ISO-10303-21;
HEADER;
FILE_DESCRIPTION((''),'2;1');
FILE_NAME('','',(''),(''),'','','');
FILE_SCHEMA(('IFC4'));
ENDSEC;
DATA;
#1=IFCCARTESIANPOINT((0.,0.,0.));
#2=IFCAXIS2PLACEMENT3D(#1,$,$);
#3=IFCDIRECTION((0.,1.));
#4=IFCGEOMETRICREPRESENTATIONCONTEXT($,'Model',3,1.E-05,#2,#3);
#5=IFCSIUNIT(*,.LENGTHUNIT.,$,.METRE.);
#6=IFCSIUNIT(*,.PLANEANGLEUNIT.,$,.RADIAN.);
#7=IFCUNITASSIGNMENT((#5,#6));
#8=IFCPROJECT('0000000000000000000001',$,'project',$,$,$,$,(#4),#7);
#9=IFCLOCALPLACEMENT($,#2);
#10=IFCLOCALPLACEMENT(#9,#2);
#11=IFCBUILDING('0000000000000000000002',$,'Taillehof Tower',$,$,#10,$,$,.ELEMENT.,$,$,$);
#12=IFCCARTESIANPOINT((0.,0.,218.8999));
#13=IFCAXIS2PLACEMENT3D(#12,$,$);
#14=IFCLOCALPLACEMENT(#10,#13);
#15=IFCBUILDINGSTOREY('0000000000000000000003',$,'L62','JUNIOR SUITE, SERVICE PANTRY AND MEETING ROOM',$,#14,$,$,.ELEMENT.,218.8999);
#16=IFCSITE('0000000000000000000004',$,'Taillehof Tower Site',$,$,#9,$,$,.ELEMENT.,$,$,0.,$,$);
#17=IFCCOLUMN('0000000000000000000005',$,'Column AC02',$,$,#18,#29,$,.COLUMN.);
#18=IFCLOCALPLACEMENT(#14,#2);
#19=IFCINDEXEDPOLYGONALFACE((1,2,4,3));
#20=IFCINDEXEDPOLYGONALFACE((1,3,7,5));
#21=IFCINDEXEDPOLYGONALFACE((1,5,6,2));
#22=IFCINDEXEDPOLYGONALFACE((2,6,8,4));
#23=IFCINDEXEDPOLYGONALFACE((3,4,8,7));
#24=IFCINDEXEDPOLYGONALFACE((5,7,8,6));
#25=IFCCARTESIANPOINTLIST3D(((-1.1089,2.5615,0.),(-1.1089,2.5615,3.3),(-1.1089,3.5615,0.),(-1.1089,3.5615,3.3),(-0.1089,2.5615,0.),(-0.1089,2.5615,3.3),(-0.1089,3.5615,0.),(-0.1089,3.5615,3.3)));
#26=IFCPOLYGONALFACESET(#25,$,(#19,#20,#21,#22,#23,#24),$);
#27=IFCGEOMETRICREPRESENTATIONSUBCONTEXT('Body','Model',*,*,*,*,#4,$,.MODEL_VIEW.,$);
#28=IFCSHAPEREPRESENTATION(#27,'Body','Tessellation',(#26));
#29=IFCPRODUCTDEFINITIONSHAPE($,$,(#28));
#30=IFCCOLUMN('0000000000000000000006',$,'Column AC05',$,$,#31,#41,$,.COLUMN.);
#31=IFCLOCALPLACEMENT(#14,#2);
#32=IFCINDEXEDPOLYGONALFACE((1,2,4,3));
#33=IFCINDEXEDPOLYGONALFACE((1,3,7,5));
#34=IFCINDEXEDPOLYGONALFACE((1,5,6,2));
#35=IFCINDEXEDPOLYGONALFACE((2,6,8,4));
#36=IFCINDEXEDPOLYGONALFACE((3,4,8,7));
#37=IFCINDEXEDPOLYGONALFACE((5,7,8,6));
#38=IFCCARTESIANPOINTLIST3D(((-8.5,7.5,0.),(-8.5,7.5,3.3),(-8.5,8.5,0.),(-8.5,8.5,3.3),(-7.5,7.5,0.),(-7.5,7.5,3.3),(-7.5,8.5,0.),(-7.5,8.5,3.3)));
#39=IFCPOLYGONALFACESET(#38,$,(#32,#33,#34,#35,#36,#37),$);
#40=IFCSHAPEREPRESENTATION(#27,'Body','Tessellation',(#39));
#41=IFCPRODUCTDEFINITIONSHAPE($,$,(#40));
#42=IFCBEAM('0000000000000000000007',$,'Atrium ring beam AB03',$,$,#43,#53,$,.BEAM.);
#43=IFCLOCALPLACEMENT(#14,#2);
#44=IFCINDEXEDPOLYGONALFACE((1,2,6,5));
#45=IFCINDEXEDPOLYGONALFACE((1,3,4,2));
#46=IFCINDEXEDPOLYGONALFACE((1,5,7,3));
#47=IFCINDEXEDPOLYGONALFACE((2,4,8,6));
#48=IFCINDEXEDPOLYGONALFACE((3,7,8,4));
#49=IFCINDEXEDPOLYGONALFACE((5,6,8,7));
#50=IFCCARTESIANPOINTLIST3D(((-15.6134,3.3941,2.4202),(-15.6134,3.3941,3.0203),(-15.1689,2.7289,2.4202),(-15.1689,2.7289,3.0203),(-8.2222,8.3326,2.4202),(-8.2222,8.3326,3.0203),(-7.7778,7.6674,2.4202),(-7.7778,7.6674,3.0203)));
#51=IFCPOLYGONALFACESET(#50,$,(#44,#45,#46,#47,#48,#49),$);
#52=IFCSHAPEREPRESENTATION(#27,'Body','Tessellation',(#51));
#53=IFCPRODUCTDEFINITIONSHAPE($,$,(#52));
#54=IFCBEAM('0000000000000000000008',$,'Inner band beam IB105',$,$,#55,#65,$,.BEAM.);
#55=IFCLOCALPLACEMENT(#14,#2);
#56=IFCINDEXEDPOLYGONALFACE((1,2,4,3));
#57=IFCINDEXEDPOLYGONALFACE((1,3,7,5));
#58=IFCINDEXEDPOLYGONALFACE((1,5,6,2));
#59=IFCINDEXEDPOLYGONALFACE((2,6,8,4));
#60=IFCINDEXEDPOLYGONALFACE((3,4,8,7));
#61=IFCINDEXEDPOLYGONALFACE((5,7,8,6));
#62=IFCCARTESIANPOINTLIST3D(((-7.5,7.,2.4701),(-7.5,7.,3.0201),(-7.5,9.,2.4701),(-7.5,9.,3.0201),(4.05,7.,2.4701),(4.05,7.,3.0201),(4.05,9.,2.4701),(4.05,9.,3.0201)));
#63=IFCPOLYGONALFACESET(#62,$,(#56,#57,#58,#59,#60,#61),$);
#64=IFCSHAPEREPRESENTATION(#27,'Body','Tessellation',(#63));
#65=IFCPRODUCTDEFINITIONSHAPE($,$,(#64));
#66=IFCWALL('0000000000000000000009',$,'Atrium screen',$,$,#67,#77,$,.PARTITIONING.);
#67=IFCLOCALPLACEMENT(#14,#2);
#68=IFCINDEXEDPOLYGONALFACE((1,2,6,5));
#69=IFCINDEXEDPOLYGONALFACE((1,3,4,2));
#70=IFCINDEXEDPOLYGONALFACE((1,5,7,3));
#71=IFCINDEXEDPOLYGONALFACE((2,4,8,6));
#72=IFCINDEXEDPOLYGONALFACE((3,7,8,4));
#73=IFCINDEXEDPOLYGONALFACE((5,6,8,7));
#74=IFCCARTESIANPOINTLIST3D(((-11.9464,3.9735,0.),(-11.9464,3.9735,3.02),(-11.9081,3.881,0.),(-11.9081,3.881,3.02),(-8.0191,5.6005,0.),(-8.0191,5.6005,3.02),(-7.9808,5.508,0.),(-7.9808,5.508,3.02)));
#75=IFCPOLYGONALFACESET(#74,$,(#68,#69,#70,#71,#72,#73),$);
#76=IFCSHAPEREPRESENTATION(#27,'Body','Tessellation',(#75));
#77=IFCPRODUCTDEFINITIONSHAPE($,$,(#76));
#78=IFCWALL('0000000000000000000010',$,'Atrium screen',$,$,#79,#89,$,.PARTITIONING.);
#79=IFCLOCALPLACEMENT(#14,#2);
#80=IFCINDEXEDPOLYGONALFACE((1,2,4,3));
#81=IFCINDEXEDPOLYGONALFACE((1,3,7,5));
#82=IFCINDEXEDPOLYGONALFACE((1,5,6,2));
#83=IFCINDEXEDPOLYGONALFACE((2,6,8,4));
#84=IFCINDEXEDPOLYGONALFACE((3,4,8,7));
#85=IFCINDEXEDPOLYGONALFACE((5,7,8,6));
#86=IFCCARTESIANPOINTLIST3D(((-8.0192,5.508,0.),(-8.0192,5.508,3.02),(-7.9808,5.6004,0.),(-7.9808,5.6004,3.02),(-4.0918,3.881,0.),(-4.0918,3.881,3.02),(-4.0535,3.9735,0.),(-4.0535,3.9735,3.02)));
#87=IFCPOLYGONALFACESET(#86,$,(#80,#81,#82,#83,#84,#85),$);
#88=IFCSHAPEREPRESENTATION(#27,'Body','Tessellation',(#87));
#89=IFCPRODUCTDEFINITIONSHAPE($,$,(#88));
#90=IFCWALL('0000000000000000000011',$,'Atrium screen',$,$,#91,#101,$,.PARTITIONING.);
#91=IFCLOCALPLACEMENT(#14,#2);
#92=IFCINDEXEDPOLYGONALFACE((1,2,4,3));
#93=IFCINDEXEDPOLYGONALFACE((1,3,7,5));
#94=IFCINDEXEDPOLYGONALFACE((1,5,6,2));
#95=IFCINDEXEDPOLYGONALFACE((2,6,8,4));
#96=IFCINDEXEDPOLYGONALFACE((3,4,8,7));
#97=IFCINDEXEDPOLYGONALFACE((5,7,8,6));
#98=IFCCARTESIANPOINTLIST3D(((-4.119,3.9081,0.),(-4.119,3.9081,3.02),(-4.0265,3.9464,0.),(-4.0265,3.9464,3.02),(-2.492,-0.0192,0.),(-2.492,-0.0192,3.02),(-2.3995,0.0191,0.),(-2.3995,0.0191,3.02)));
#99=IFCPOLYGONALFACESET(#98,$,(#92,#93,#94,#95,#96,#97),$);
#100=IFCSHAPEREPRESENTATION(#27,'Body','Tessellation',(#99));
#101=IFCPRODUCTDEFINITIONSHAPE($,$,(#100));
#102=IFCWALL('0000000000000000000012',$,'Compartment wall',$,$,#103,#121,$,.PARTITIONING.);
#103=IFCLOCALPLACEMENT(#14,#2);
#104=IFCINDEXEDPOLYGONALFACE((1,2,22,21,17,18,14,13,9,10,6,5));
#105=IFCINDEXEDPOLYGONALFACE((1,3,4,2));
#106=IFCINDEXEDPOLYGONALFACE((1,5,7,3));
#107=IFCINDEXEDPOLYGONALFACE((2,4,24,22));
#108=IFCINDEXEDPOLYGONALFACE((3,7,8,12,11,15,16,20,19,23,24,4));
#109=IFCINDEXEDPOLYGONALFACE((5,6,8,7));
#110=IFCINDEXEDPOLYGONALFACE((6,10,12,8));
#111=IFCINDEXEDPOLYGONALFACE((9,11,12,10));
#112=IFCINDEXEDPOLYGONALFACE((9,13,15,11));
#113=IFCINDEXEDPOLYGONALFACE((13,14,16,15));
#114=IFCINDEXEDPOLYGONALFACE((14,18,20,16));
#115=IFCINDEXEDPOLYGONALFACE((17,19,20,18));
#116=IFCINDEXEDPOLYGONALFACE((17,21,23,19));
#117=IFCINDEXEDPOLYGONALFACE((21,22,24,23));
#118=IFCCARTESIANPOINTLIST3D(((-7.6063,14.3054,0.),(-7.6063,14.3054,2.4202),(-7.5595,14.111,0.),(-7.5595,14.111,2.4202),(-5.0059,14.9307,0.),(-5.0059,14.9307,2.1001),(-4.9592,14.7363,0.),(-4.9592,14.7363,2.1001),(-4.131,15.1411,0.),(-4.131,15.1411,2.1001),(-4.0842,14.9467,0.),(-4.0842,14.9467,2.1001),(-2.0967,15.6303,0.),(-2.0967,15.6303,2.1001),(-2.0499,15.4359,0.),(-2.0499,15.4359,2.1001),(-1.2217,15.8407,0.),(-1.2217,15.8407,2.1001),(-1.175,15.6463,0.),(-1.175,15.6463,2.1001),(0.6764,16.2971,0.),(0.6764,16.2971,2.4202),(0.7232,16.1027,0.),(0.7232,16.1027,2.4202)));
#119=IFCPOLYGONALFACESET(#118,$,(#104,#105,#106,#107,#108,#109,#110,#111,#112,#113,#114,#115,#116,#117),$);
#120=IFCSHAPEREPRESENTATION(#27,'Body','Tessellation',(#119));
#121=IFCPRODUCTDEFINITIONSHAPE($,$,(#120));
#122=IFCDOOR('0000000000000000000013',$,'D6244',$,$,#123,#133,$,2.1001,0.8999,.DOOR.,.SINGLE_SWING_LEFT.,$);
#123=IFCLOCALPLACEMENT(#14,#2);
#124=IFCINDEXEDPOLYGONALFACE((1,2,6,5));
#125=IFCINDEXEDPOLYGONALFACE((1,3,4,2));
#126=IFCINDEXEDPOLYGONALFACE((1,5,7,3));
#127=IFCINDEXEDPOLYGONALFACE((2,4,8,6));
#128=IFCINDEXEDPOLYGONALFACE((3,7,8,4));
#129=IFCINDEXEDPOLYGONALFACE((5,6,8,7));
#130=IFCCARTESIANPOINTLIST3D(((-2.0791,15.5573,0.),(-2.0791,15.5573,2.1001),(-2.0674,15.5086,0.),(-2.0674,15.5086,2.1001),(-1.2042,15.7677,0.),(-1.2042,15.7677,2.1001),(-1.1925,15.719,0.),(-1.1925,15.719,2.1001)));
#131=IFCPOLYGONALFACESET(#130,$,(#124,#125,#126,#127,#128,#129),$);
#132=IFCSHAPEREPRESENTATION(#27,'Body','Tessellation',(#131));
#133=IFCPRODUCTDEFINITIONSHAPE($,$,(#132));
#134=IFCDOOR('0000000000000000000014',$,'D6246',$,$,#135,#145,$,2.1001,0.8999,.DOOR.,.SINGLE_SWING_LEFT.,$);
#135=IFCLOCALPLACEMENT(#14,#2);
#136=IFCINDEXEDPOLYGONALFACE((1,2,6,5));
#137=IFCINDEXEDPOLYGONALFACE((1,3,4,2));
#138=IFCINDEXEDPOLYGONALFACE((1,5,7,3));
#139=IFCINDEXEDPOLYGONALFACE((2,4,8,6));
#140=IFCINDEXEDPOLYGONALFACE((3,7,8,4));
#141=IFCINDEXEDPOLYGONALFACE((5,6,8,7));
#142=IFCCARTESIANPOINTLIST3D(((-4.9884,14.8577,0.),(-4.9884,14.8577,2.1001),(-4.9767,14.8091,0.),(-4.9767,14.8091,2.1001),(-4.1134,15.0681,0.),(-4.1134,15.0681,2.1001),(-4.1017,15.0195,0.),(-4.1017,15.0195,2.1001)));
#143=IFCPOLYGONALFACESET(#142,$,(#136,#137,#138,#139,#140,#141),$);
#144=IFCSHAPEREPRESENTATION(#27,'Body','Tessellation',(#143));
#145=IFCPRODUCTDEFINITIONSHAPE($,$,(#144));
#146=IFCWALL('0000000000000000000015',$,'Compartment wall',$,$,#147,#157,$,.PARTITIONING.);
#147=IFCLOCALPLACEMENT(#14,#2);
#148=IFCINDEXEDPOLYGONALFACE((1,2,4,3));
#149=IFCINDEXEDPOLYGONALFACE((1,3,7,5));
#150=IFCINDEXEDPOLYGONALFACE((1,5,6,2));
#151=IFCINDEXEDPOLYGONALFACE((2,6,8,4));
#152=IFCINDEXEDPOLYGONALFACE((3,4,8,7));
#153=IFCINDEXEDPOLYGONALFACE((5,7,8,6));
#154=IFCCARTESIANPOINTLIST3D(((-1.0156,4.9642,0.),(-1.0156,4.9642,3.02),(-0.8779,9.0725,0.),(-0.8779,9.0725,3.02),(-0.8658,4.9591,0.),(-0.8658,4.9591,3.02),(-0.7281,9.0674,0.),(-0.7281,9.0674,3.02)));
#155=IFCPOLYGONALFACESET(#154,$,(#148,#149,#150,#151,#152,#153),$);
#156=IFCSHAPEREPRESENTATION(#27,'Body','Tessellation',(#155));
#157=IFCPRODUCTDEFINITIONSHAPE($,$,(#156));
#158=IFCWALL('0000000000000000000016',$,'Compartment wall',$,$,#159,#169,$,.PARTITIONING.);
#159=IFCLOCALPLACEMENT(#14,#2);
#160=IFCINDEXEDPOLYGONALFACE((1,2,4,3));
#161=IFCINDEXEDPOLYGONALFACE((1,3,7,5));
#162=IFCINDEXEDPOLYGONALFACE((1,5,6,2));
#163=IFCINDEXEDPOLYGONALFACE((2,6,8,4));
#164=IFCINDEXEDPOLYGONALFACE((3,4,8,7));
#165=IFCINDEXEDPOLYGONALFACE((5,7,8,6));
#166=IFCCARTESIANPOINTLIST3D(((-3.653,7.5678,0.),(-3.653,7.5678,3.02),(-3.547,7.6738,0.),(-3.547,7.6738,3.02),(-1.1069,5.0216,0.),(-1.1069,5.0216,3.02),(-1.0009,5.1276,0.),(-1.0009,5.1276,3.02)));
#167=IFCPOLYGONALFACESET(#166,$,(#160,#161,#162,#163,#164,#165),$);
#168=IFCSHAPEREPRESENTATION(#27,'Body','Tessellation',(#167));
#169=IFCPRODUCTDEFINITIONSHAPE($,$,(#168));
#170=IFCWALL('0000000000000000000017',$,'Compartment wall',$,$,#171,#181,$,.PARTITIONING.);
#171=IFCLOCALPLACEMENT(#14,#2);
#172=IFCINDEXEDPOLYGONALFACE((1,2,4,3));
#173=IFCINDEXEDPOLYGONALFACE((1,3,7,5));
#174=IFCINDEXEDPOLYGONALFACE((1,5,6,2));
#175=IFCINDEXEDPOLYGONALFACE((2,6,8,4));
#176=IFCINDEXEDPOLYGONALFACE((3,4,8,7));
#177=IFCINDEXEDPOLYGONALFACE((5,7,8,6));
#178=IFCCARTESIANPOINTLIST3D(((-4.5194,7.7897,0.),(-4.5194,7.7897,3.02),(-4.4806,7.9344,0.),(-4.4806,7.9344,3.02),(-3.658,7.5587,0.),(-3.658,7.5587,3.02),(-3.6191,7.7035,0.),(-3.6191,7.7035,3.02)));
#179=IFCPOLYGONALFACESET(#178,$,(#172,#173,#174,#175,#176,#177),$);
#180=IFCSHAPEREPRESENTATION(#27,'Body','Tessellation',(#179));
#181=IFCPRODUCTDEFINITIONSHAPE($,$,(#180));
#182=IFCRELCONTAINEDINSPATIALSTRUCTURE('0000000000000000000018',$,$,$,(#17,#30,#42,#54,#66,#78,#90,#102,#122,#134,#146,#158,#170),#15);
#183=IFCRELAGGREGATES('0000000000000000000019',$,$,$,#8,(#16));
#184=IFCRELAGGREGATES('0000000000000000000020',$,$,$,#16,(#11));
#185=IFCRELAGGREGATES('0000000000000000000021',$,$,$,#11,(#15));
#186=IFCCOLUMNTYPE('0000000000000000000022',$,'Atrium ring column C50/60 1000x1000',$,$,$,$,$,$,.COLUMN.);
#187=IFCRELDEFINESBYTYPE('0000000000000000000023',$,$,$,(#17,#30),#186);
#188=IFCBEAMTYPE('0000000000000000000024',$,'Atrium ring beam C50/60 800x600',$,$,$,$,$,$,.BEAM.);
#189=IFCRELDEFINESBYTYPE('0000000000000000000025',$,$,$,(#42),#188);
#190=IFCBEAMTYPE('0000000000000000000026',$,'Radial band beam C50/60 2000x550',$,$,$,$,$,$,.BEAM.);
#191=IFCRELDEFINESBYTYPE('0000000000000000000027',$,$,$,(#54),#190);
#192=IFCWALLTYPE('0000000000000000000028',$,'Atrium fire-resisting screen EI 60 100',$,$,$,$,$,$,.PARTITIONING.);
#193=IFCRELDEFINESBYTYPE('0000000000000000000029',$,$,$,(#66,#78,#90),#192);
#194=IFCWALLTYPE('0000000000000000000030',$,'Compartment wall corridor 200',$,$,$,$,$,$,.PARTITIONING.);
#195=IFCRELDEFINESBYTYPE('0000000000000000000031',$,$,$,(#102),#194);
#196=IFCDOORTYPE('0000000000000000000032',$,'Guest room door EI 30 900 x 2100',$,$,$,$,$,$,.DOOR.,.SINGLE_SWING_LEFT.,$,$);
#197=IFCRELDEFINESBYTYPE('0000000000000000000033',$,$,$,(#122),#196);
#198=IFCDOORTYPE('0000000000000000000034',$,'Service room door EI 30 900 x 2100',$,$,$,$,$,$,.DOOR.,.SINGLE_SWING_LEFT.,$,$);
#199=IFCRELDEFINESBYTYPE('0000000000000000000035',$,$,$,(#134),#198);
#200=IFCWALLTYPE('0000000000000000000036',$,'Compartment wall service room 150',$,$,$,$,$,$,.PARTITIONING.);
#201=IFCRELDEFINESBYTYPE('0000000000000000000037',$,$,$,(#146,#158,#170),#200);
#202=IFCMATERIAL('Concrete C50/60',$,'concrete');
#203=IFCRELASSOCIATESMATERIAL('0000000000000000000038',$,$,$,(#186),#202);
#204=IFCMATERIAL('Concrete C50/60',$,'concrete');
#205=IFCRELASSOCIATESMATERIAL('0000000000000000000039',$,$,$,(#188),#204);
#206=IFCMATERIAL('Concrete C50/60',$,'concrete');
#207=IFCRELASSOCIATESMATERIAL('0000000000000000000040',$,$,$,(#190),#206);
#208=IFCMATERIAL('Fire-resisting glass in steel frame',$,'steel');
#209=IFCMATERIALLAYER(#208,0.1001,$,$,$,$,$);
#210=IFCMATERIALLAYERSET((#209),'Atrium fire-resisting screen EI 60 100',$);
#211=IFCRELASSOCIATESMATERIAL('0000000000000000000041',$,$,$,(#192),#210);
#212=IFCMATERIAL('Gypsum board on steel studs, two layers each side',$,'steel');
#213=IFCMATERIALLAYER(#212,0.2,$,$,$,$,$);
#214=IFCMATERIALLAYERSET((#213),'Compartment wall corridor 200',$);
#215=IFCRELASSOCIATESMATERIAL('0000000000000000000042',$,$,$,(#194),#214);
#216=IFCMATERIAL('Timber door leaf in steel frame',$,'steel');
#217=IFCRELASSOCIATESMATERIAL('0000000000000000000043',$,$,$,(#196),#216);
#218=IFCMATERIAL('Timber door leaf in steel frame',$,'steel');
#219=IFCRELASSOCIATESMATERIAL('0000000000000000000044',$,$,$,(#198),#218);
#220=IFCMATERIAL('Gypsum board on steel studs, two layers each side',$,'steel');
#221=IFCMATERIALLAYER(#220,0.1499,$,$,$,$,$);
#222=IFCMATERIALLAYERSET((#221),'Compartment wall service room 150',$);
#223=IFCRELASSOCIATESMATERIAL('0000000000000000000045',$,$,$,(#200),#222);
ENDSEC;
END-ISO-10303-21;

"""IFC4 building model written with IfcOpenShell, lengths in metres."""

from ifc_helpers import new_model, si_unit, direction, frame, frame_2d, origin, origin_2d, place, context, subcontext, project, spatial, rectangle, extrude, material, layer, layer_set, material_profile, profile_set, type_object, element, fill, save


model = new_model("IFC4")

# Units and contexts
model_context = context("Model", 3, precision=1e-05, world=origin(), true_north=direction((0.0, 1.0)))
body_context = subcontext(model_context, "Body", "Model", "MODEL_VIEW")
ifc_project = project(units=[si_unit("LENGTHUNIT", "METRE"), si_unit("PLANEANGLEUNIT", "RADIAN")], contexts=[model_context])

# Site, building, storey
site_placement = place(None, origin())
site = spatial("IfcSite", under=ifc_project, at=site_placement, Name="Taillehof Tower Site", CompositionType="ELEMENT", RefElevation=0.0)
building_placement = place(site_placement, origin())
building = spatial("IfcBuilding", under=site, at=building_placement, Name="Taillehof Tower", CompositionType="ELEMENT")
storey_placement = place(building_placement, frame((0.0, 0.0, 218.8999)))
storey = spatial("IfcBuildingStorey", under=building, at=storey_placement, Name="L62", Description="JUNIOR SUITE, SERVICE PANTRY AND MEETING ROOM", CompositionType="ELEMENT", Elevation=218.8999)

# Columns
ifc_material_1 = material(Name="Concrete C50/60", Category="concrete")
ifc_material_profile_1 = material_profile(ifc_material_1, rectangle(XDim=1.0, YDim=1.0, at=origin_2d()), Name="RC 1000x1000")
ifc_profile_set_1 = profile_set([ifc_material_profile_1], Name="Concrete C50/60")
column_type = type_object("IfcColumnType", Name="Atrium ring column C50/60 1000x1000", PredefinedType="COLUMN", material=ifc_profile_set_1)
for number, where, z_axis, x_axis, name in (
    (1, (-0.6089, 3.0615, 0.0), (0.0, 0.0, 1.0), (1.0, 0.0, 0.0), "Column AC02"),
    (2, (-8.0, 8.0, 0.0), (0.0, 0.0, 1.0), (1.0, 0.0, 0.0), "Column AC05"),
):
    element("IfcColumn", number, at=place(storey_placement, frame(where, z_axis=z_axis, x_axis=x_axis)), inside=storey, type_object=column_type, Name=name, PredefinedType="COLUMN", context=body_context, shape_type="SweptSolid", body=[
        extrude(rectangle(XDim=1.0, YDim=1.0, at=origin_2d()), origin(), (0.0, 0.0, 1.0), 3.3),
    ])

# Beams
ifc_material_2 = material(Name="Concrete C50/60", Category="concrete")
ifc_material_profile_2 = material_profile(ifc_material_2, rectangle(XDim=0.8, YDim=0.6001, at=origin_2d()), Name="RC 800x600")
ifc_profile_set_2 = profile_set([ifc_material_profile_2], Name="Concrete C50/60")
beam_type_1 = type_object("IfcBeamType", Name="Atrium ring beam C50/60 800x600", PredefinedType="BEAM", material=ifc_profile_set_2)
beam_1_placement = place(storey_placement, frame((-8.0, 8.0, 2.7202), z_axis=(-0.831475, -0.555562, 0.0), x_axis=(0.555562, -0.831475, 0.0)))
element("IfcBeam", 3, at=beam_1_placement, inside=storey, type_object=beam_type_1, Name="Atrium ring beam AB03", PredefinedType="BEAM", context=body_context, shape_type="SweptSolid", body=[
    extrude(rectangle(XDim=0.8, YDim=0.6001, at=origin_2d()), origin(), (0.0, 0.0, 1.0), 8.8892),
])
ifc_material_3 = material(Name="Concrete C50/60", Category="concrete")
ifc_material_profile_3 = material_profile(ifc_material_3, rectangle(XDim=2.0, YDim=0.55, at=origin_2d()), Name="RC 2000x550")
ifc_profile_set_3 = profile_set([ifc_material_profile_3], Name="Concrete C50/60")
beam_type_2 = type_object("IfcBeamType", Name="Radial band beam C50/60 2000x550", PredefinedType="BEAM", material=ifc_profile_set_3)
beam_2_placement = place(storey_placement, frame((-7.5, 8.0, 2.7451), z_axis=(1.0, 0.0, 0.0), x_axis=(0.0, 1.0, 0.0)))
element("IfcBeam", 4, at=beam_2_placement, inside=storey, type_object=beam_type_2, Name="Inner band beam IB105", PredefinedType="BEAM", context=body_context, shape_type="SweptSolid", body=[
    extrude(rectangle(XDim=2.0, YDim=0.55, at=origin_2d()), origin(), (0.0, 0.0, 1.0), 11.55),
])

# Walls
ifc_material_4 = material(Name="Fire-resisting glass in steel frame", Category="steel")
ifc_layer_1 = layer(ifc_material_4, 0.1001)
ifc_layer_set_1 = layer_set([ifc_layer_1], Name="Atrium fire-resisting screen EI 60 100")
wall_type_1 = type_object("IfcWallType", Name="Atrium fire-resisting screen EI 60 100", PredefinedType="PARTITIONING", material=ifc_layer_set_1)
for number, where, z_axis, x_axis, name in (
    (5, (-11.9272, 3.9272, 0.0), (0.0, 0.0, 1.0), (0.92386, 0.382731, 0.0), "Atrium screen"),
    (6, (-8.0, 5.5542, 0.0), (0.0, 0.0, 1.0), (0.92386, -0.382731, 0.0), "Atrium screen"),
    (7, (-4.0728, 3.9272, 0.0), (0.0, 0.0, 1.0), (0.382731, -0.92386, 0.0), "Atrium screen"),
):
    element("IfcWall", number, at=place(storey_placement, frame(where, z_axis=z_axis, x_axis=x_axis)), inside=storey, type_object=wall_type_1, Name=name, PredefinedType="PARTITIONING", context=body_context, shape_type="SweptSolid", body=[
        extrude(rectangle(XDim=4.251, YDim=0.1001, at=frame_2d((2.1255, 0.0))), origin(), (0.0, 0.0, 1.0), 3.02),
    ])

# Wall, openings, doors
ifc_material_5 = material(Name="Gypsum board on steel studs, two layers each side", Category="steel")
ifc_layer_2 = layer(ifc_material_5, 0.2)
ifc_layer_set_2 = layer_set([ifc_layer_2], Name="Compartment wall corridor 200")
wall_type_2 = type_object("IfcWallType", Name="Compartment wall corridor 200", PredefinedType="PARTITIONING", material=ifc_layer_set_2)
wall_1_placement = place(storey_placement, frame((-7.5828, 14.2083, 0.0), z_axis=(0.0, 0.0, 1.0), x_axis=(0.972285, 0.2338, 0.0)))
wall_1 = element("IfcWall", 8, at=wall_1_placement, inside=storey, type_object=wall_type_2, Name="Compartment wall", PredefinedType="PARTITIONING", context=body_context, shape_type="SweptSolid", body=[
    extrude(rectangle(XDim=8.5188, YDim=0.2, at=frame_2d((4.2593, 0.0))), origin(), (0.0, 0.0, 1.0), 2.4202),
])
opening_1_placement = place(wall_1_placement, frame((5.6665, 0.0, 0.0)))
opening_1 = element("IfcOpeningElement", 9, at=opening_1_placement, cuts=wall_1, PredefinedType="OPENING", context=body_context, shape_type="SweptSolid", body=[
    extrude(rectangle(XDim=0.8999, YDim=2.1001, at=frame_2d((0.45, 1.05))), frame((0.0, 0.1099, 0.0), z_axis=(0.0, -1.0, 0.0), x_axis=(1.0, 0.0, 0.0)), (0.0, 0.0, 1.0), 0.22),
])
opening_2_placement = place(wall_1_placement, frame((2.6743, 0.0, 0.0)))
opening_2 = element("IfcOpeningElement", 10, at=opening_2_placement, cuts=wall_1, PredefinedType="OPENING", context=body_context, shape_type="SweptSolid", body=[
    extrude(rectangle(XDim=0.8999, YDim=2.1001, at=frame_2d((0.45, 1.05))), frame((0.0, 0.1099, 0.0), z_axis=(0.0, -1.0, 0.0), x_axis=(1.0, 0.0, 0.0)), (0.0, 0.0, 1.0), 0.22),
])
ifc_material_6 = material(Name="Timber door leaf in steel frame", Category="steel")
door_type_1 = type_object("IfcDoorType", Name="Guest room door EI 30 900 x 2100", OperationType="SINGLE_SWING_LEFT", PredefinedType="DOOR", material=ifc_material_6)
door_1_placement = place(opening_1_placement, origin())
door_1 = element("IfcDoor", 11, at=door_1_placement, inside=storey, type_object=door_type_1, Name="D6244", OperationType="SINGLE_SWING_LEFT", OverallHeight=2.1001, OverallWidth=0.8999, PredefinedType="DOOR", context=body_context, shape_type="SweptSolid", body=[
    extrude(rectangle(XDim=0.8999, YDim=2.1001, at=frame_2d((0.45, 1.05))), frame((0.0, 0.0249, 0.0), z_axis=(0.0, -1.0, 0.0), x_axis=(1.0, 0.0, 0.0)), (0.0, 0.0, 1.0), 0.05),
])
fill(opening_1, door_1)
ifc_material_7 = material(Name="Timber door leaf in steel frame", Category="steel")
door_type_2 = type_object("IfcDoorType", Name="Service room door EI 30 900 x 2100", OperationType="SINGLE_SWING_LEFT", PredefinedType="DOOR", material=ifc_material_7)
door_2_placement = place(opening_2_placement, origin())
door_2 = element("IfcDoor", 12, at=door_2_placement, inside=storey, type_object=door_type_2, Name="D6246", OperationType="SINGLE_SWING_LEFT", OverallHeight=2.1001, OverallWidth=0.8999, PredefinedType="DOOR", context=body_context, shape_type="SweptSolid", body=[
    extrude(rectangle(XDim=0.8999, YDim=2.1001, at=frame_2d((0.45, 1.05))), frame((0.0, 0.0249, 0.0), z_axis=(0.0, -1.0, 0.0), x_axis=(1.0, 0.0, 0.0)), (0.0, 0.0, 1.0), 0.05),
])
fill(opening_2, door_2)

# Walls
ifc_material_8 = material(Name="Gypsum board on steel studs, two layers each side", Category="steel")
ifc_layer_3 = layer(ifc_material_8, 0.1499)
ifc_layer_set_3 = layer_set([ifc_layer_3], Name="Compartment wall service room 150")
wall_type_3 = type_object("IfcWallType", Name="Compartment wall service room 150", PredefinedType="PARTITIONING", material=ifc_layer_set_3)
wall_2_placement = place(storey_placement, frame((-0.803, 9.0698, 0.0), z_axis=(0.0, 0.0, 1.0), x_axis=(-0.033497, -0.999439, 0.0)))
element("IfcWall", 13, at=wall_2_placement, inside=storey, type_object=wall_type_3, Name="Compartment wall", PredefinedType="PARTITIONING", context=body_context, shape_type="SweptSolid", body=[
    extrude(rectangle(XDim=4.1106, YDim=0.1499, at=frame_2d((2.0552, 0.0))), origin(), (0.0, 0.0, 1.0), 3.02),
])
wall_3_placement = place(storey_placement, frame((-1.054, 5.0747, 0.0), z_axis=(0.0, 0.0, 1.0), x_axis=(-0.707107, 0.707107, 0.0)))
element("IfcWall", 14, at=wall_3_placement, inside=storey, type_object=wall_type_3, Name="Compartment wall", PredefinedType="PARTITIONING", context=body_context, shape_type="SweptSolid", body=[
    extrude(rectangle(XDim=3.6008, YDim=0.1499, at=frame_2d((1.8003, 0.0))), origin(), (0.0, 0.0, 1.0), 3.02),
])
wall_4_placement = place(storey_placement, frame((-3.6387, 7.6311, 0.0), z_axis=(0.0, 0.0, 1.0), x_axis=(-0.96588, 0.258992, 0.0)))
element("IfcWall", 15, at=wall_4_placement, inside=storey, type_object=wall_type_3, Name="Compartment wall", PredefinedType="PARTITIONING", context=body_context, shape_type="SweptSolid", body=[
    extrude(rectangle(XDim=0.8918, YDim=0.1499, at=frame_2d((0.4458, 0.0))), origin(), (0.0, 0.0, 1.0), 3.02),
])

save(model, "model.ifc")
